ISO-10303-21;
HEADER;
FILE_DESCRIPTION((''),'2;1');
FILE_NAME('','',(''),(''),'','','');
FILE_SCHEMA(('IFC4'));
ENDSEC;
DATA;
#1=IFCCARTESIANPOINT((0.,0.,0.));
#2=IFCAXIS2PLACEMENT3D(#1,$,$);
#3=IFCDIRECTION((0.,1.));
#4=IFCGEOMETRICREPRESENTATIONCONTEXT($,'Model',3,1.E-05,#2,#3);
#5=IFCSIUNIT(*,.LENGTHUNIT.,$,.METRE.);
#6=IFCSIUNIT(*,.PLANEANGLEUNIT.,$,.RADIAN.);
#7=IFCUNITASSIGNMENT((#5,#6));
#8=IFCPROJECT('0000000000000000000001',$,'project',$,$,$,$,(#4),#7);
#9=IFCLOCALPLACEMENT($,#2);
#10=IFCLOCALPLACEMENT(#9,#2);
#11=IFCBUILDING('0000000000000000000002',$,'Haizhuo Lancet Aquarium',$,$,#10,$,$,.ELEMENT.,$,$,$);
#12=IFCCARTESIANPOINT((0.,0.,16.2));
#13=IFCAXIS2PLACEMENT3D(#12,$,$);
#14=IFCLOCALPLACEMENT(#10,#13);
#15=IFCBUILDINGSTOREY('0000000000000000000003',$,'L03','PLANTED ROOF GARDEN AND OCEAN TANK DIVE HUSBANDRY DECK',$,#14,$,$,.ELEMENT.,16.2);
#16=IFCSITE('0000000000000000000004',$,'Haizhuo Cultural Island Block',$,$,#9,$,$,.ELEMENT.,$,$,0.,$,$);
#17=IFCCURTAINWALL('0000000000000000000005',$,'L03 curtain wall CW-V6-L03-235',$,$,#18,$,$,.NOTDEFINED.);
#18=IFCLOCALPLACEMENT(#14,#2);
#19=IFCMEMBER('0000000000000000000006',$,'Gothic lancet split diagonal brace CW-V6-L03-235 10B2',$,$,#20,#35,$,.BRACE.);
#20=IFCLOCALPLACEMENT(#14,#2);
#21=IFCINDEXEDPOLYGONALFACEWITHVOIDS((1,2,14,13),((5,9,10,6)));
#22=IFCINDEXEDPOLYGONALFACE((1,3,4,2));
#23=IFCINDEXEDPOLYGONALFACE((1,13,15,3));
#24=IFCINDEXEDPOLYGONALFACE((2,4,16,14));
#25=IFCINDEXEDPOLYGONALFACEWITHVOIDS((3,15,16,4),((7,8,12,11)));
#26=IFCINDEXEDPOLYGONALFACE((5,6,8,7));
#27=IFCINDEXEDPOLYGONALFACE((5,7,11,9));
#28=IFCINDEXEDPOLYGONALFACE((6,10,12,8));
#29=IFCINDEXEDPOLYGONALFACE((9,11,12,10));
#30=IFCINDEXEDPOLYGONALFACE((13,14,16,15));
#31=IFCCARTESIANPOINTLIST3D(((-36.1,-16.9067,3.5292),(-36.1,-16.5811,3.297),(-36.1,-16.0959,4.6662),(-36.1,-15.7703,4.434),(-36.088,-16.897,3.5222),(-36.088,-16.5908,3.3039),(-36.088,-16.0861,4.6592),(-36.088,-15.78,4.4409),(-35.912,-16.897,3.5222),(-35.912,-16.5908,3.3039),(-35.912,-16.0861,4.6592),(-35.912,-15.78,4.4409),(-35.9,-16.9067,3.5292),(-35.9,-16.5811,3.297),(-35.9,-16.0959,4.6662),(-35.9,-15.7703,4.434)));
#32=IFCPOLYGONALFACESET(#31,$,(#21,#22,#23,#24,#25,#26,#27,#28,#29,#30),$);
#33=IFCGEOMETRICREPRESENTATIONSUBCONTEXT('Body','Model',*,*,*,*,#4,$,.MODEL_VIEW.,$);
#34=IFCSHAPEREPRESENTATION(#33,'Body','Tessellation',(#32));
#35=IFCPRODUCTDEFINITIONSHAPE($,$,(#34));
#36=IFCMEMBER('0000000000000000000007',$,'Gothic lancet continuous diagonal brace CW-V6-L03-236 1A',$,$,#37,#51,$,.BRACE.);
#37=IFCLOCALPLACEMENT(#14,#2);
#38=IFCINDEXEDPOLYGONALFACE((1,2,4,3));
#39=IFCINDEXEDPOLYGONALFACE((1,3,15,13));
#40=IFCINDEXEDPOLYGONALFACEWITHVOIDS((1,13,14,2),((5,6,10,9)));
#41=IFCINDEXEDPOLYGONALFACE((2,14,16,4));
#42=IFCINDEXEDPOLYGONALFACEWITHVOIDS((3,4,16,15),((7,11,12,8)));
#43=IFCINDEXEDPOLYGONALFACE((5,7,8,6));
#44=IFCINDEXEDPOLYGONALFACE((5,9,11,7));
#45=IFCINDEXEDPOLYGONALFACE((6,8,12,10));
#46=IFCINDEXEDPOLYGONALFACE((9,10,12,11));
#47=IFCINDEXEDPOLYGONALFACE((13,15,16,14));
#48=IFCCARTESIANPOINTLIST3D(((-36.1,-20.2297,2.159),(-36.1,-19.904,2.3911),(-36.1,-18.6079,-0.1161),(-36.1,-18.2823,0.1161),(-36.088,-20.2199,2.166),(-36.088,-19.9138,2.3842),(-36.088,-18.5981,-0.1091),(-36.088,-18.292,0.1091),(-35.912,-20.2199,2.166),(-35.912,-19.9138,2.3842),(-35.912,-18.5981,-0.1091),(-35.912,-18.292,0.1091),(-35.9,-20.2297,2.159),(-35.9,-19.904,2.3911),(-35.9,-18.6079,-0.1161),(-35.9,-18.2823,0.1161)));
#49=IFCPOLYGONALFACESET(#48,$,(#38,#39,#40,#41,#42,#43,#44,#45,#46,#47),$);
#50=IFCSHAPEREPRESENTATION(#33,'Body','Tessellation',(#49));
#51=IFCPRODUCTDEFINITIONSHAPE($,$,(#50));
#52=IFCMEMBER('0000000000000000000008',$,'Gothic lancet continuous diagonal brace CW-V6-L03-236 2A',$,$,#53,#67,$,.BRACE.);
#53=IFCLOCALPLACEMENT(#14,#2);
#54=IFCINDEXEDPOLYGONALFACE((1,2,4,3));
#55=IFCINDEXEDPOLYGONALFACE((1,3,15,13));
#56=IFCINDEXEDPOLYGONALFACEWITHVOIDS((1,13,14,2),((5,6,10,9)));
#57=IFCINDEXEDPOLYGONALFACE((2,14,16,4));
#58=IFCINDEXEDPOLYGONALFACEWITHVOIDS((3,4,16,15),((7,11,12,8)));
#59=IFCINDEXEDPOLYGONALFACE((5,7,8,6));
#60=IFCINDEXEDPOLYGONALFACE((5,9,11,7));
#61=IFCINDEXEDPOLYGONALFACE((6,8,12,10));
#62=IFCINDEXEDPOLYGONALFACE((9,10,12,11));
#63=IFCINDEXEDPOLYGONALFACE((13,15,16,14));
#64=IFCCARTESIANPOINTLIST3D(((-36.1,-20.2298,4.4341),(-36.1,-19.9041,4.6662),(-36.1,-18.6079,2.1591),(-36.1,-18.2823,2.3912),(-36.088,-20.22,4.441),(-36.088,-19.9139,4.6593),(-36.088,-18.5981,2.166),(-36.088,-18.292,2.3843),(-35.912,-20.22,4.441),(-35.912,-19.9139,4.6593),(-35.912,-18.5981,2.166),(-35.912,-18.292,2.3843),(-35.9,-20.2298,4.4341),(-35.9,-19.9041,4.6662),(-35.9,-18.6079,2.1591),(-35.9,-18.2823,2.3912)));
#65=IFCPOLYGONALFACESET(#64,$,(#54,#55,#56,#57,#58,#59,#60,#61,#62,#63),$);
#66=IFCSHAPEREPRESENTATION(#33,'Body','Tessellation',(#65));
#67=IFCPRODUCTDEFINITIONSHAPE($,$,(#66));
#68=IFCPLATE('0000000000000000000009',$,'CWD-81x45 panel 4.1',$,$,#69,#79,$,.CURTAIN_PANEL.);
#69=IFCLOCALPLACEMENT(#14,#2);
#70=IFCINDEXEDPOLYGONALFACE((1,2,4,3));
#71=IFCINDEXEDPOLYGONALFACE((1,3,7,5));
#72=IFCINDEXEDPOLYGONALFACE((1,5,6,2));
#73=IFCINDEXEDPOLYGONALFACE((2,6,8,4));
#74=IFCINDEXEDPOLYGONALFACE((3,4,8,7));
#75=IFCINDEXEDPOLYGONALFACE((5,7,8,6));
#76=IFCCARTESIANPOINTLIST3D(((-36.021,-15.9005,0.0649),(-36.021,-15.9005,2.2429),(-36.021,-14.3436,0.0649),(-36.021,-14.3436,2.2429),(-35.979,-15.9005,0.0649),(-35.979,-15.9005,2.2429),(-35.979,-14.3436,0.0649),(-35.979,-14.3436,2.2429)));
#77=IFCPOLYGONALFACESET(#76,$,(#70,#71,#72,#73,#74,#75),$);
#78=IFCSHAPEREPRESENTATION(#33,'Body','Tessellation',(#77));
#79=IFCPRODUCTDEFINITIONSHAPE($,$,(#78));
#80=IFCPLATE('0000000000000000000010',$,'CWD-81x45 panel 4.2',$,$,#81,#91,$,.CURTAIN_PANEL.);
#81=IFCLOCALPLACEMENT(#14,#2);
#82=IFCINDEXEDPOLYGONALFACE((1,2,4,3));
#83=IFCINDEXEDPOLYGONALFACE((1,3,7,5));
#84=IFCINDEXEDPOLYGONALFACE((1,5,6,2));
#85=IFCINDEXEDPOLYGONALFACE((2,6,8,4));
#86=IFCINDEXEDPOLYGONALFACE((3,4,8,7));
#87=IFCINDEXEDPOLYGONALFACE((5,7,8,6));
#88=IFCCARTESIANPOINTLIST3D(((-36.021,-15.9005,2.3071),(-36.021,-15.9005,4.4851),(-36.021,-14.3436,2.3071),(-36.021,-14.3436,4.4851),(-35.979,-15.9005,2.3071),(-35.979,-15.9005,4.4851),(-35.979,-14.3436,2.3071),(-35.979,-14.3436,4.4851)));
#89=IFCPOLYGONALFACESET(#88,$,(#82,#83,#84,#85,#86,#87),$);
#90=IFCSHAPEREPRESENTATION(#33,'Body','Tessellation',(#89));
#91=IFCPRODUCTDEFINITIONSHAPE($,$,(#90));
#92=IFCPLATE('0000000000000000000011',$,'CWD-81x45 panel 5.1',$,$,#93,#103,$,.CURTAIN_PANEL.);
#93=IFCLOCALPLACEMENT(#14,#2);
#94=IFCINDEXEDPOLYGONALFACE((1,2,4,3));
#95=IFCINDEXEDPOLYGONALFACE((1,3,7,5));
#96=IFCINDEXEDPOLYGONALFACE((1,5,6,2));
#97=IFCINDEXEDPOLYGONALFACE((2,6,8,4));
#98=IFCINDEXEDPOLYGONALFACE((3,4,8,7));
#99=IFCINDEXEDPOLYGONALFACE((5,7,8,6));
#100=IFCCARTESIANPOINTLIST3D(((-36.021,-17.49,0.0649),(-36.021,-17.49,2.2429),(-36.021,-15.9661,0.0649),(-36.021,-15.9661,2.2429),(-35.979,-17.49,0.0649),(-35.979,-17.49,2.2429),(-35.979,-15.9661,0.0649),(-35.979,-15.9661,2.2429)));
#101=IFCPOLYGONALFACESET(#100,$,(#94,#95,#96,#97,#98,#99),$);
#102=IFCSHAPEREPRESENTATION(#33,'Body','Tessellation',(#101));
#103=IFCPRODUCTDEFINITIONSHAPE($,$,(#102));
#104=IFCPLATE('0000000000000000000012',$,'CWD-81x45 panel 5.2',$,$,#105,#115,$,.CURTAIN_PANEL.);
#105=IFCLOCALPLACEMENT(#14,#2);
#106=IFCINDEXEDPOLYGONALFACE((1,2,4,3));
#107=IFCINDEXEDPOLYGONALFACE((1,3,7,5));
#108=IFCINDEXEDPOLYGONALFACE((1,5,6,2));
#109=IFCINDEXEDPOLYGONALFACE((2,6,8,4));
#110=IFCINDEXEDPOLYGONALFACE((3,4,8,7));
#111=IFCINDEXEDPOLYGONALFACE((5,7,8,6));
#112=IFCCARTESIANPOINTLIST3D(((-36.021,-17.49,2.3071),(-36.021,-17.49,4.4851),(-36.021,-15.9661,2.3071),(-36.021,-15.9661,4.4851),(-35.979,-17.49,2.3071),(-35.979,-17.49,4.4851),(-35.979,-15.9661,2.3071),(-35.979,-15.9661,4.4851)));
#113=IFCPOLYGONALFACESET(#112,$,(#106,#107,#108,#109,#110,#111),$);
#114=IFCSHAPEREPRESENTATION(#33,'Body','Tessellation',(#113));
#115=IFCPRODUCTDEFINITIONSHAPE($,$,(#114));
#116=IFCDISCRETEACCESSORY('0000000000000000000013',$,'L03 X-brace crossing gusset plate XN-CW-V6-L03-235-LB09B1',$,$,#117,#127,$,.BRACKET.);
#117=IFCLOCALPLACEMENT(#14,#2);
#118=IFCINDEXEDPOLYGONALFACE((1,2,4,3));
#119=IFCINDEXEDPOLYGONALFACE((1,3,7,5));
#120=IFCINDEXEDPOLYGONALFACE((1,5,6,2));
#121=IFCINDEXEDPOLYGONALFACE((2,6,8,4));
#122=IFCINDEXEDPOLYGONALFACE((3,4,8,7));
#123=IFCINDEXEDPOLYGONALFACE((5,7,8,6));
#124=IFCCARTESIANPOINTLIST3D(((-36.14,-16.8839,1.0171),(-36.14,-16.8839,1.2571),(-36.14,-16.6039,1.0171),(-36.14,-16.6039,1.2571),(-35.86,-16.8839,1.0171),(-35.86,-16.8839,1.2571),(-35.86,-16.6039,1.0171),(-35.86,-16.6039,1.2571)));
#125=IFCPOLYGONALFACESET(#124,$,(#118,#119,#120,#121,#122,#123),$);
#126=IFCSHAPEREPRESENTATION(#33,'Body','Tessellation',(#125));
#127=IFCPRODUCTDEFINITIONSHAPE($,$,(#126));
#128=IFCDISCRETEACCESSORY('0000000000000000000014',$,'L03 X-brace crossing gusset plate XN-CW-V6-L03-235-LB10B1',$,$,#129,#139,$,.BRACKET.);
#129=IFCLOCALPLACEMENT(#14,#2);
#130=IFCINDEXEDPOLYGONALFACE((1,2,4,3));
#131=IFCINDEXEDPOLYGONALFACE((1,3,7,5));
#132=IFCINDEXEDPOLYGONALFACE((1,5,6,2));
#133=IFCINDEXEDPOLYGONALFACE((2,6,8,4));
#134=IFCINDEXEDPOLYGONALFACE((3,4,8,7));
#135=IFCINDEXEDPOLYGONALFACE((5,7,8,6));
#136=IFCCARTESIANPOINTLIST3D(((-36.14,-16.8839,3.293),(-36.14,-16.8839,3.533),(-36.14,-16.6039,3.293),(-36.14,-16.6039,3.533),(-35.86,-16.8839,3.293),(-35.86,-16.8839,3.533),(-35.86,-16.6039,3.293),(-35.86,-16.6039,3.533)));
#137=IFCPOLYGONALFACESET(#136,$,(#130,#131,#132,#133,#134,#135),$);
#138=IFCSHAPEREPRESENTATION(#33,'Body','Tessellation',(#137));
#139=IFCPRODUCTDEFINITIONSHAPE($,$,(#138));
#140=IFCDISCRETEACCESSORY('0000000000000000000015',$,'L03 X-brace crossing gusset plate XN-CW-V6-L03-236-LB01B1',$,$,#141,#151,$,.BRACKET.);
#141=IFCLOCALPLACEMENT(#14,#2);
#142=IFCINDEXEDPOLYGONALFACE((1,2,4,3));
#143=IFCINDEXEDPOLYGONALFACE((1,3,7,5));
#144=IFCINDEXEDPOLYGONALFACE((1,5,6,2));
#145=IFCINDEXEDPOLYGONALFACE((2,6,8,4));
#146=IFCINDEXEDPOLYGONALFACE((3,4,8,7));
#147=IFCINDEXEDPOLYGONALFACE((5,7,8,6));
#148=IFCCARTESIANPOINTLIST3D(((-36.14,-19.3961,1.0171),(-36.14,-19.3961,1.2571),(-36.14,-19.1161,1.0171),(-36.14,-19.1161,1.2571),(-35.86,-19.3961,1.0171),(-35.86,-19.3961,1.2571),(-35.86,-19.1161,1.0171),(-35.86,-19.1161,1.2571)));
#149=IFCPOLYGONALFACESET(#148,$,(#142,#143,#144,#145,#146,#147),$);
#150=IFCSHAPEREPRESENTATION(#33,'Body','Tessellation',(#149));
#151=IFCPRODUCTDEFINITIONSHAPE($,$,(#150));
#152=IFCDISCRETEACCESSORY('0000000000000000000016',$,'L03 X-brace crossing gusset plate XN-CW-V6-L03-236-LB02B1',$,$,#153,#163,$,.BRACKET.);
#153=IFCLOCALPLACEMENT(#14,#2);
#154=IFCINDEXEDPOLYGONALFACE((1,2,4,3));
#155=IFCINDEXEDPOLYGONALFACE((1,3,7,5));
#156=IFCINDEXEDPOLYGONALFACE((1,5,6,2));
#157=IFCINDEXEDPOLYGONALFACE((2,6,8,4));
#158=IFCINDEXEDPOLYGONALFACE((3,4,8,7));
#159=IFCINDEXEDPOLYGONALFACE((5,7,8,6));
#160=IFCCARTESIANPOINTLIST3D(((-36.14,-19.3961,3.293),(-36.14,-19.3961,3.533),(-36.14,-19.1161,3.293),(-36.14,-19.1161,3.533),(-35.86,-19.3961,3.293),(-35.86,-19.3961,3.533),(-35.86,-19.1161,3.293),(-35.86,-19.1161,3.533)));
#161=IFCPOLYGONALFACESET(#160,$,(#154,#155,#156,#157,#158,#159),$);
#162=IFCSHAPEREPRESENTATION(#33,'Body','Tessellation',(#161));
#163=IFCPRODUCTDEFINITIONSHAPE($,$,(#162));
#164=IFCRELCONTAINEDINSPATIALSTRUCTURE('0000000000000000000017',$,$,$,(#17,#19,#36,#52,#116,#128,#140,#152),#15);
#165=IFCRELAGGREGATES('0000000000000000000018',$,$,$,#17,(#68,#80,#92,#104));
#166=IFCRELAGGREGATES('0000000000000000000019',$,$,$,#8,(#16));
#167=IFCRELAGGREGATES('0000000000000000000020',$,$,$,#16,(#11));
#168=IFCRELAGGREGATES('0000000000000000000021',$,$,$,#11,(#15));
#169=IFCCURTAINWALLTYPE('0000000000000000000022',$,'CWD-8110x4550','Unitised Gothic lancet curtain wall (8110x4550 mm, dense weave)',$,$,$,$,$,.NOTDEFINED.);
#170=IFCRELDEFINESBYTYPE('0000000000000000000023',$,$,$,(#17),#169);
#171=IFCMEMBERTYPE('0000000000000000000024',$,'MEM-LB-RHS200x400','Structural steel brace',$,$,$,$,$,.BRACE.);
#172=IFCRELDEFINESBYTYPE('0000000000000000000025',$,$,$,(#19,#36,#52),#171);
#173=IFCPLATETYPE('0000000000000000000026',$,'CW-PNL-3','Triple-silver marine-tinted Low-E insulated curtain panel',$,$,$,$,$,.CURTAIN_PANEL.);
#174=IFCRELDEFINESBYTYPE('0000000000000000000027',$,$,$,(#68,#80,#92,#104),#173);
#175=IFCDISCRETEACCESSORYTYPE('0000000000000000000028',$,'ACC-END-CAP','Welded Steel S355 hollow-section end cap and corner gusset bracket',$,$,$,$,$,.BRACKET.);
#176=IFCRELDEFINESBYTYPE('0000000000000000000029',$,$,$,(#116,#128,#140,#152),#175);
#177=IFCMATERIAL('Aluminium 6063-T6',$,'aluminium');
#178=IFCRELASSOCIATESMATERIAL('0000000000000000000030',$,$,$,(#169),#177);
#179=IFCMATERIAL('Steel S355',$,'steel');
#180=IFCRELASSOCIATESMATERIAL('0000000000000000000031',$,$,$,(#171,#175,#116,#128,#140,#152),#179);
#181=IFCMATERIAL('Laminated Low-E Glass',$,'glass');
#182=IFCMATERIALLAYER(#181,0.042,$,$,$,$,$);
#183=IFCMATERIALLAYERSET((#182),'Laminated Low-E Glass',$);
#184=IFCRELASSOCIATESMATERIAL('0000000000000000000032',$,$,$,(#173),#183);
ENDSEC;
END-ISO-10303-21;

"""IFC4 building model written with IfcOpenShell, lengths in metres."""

from ifc_helpers import new_model, si_unit, direction, frame, origin, origin_2d, place, context, subcontext, project, spatial, rectangle, hollow_rectangle, extrude, material, layer, layer_set, material_profile, profile_set, type_object, element, aggregate, save


model = new_model("IFC4")

# Units and contexts
model_context = context("Model", 3, precision=1e-05, world=origin(), true_north=direction((0.0, 1.0)))
body_context = subcontext(model_context, "Body", "Model", "MODEL_VIEW")
ifc_project = project(units=[si_unit("LENGTHUNIT", "METRE"), si_unit("PLANEANGLEUNIT", "RADIAN")], contexts=[model_context])

# Site, building, storey
site_placement = place(None, origin())
site = spatial("IfcSite", under=ifc_project, at=site_placement, Name="Haizhuo Cultural Island Block", CompositionType="ELEMENT", RefElevation=0.0)
building_placement = place(site_placement, origin())
building = spatial("IfcBuilding", under=site, at=building_placement, Name="Haizhuo Lancet Aquarium", CompositionType="ELEMENT")
storey_placement = place(building_placement, frame((0.0, 0.0, 16.2)))
storey = spatial("IfcBuildingStorey", under=building, at=storey_placement, Name="L03", Description="PLANTED ROOF GARDEN AND OCEAN TANK DIVE HUSBANDRY DECK", CompositionType="ELEMENT", Elevation=16.2)

# Shared definitions
ifc_material_1 = material(Name="Steel S355", Category="steel")

# Curtain wall
ifc_material_2 = material(Name="Aluminium 6063-T6", Category="aluminium")
curtain_wall_type = type_object("IfcCurtainWallType", Name="CWD-8110x4550", Description="Unitised Gothic lancet curtain wall (8110x4550 mm, dense weave)", PredefinedType="NOTDEFINED", material=ifc_material_2)
curtain_wall_1_placement = place(storey_placement, origin())
curtain_wall_1 = element("IfcCurtainWall", 1, at=curtain_wall_1_placement, inside=storey, type_object=curtain_wall_type, Name="L03 curtain wall CW-V6-L03-235", PredefinedType="NOTDEFINED")

# Members
ifc_material_profile_1 = material_profile(ifc_material_1, hollow_rectangle(XDim=0.2, YDim=0.3999, WallThickness=0.012, at=origin_2d()), Name="RHS 200x400x12")
ifc_profile_set_1 = profile_set([ifc_material_profile_1], Name="Steel S355")
member_type_1 = type_object("IfcMemberType", Name="MEM-LB-RHS200x400", Description="Structural steel brace", PredefinedType="BRACE", material=ifc_profile_set_1)
member_1_placement = place(storey_placement, frame((-36.0, -16.7439, 3.4131), z_axis=(0.0, 0.58061, 0.814182), x_axis=(-1.0, 0.0, 0.0)))
element("IfcMember", 2, at=member_1_placement, inside=storey, type_object=member_type_1, Name="Gothic lancet split diagonal brace CW-V6-L03-235 10B2", PredefinedType="BRACE", context=body_context, shape_type="SweptSolid", body=[
    extrude(hollow_rectangle(XDim=0.2, YDim=0.3999, WallThickness=0.012, at=origin_2d()), origin(), (0.0, 0.0, 1.0), 1.3965),
])
for number, where, z_axis, x_axis, name in (
    (3, (-36.0, -18.4451, 0.0), (0.0, -0.580461, 0.814288), (1.0, 0.0, 0.0), "Gothic lancet continuous diagonal brace CW-V6-L03-236 1A"),
    (4, (-36.0, -18.4451, 2.2751), (0.0, -0.580502, 0.814259), (1.0, 0.0, 0.0), "Gothic lancet continuous diagonal brace CW-V6-L03-236 2A"),
):
    element("IfcMember", number, at=place(storey_placement, frame(where, z_axis=z_axis, x_axis=x_axis)), inside=storey, type_object=member_type_1, Name=name, PredefinedType="BRACE", context=body_context, shape_type="SweptSolid", body=[
        extrude(hollow_rectangle(XDim=0.2, YDim=0.3999, WallThickness=0.012, at=origin_2d()), origin(), (0.0, 0.0, 1.0), 2.7939),
    ])

# Plates
ifc_material_3 = material(Name="Laminated Low-E Glass", Category="glass")
ifc_layer = layer(ifc_material_3, 0.042)
ifc_layer_set = layer_set([ifc_layer], Name="Laminated Low-E Glass")
plate_type = type_object("IfcPlateType", Name="CW-PNL-3", Description="Triple-silver marine-tinted Low-E insulated curtain panel", PredefinedType="CURTAIN_PANEL", material=ifc_layer_set)
plate_1_placement = place(storey_placement, frame((-36.0, -15.1221, 0.0649), z_axis=(0.0, 0.0, 1.0), x_axis=(0.0, -1.0, 0.0)))
plate_1 = element("IfcPlate", 5, at=plate_1_placement, type_object=plate_type, Name="CWD-81x45 panel 4.1", PredefinedType="CURTAIN_PANEL", context=body_context, shape_type="SweptSolid", body=[
    extrude(rectangle(XDim=1.5569, YDim=0.042, at=origin_2d()), origin(), (0.0, 0.0, 1.0), 2.178),
])
plate_2_placement = place(storey_placement, frame((-36.0, -15.1221, 2.3071), z_axis=(0.0, 0.0, 1.0), x_axis=(0.0, -1.0, 0.0)))
plate_2 = element("IfcPlate", 6, at=plate_2_placement, type_object=plate_type, Name="CWD-81x45 panel 4.2", PredefinedType="CURTAIN_PANEL", context=body_context, shape_type="SweptSolid", body=[
    extrude(rectangle(XDim=1.5569, YDim=0.042, at=origin_2d()), origin(), (0.0, 0.0, 1.0), 2.178),
])
plate_3_placement = place(storey_placement, frame((-36.0, -16.728, 0.0649), z_axis=(0.0, 0.0, 1.0), x_axis=(0.0, -1.0, 0.0)))
plate_3 = element("IfcPlate", 7, at=plate_3_placement, type_object=plate_type, Name="CWD-81x45 panel 5.1", PredefinedType="CURTAIN_PANEL", context=body_context, shape_type="SweptSolid", body=[
    extrude(rectangle(XDim=1.5239, YDim=0.042, at=origin_2d()), origin(), (0.0, 0.0, 1.0), 2.178),
])
plate_4_placement = place(storey_placement, frame((-36.0, -16.728, 2.3071), z_axis=(0.0, 0.0, 1.0), x_axis=(0.0, -1.0, 0.0)))
plate_4 = element("IfcPlate", 8, at=plate_4_placement, type_object=plate_type, Name="CWD-81x45 panel 5.2", PredefinedType="CURTAIN_PANEL", context=body_context, shape_type="SweptSolid", body=[
    extrude(rectangle(XDim=1.5239, YDim=0.042, at=origin_2d()), origin(), (0.0, 0.0, 1.0), 2.178),
])
aggregate(curtain_wall_1, [plate_1, plate_2, plate_3, plate_4])

# Discrete accessories
discrete_accessory_type = type_object("IfcDiscreteAccessoryType", Name="ACC-END-CAP", Description="Welded Steel S355 hollow-section end cap and corner gusset bracket", PredefinedType="BRACKET", material=ifc_material_1)
for number, where, z_axis, x_axis, name in (
    (9, (-36.0, -16.7439, 1.0171), (0.0, 0.0, 1.0), (1.0, 0.0, 0.0), "L03 X-brace crossing gusset plate XN-CW-V6-L03-235-LB09B1"),
    (10, (-36.0, -16.7439, 3.293), (0.0, 0.0, 1.0), (1.0, 0.0, 0.0), "L03 X-brace crossing gusset plate XN-CW-V6-L03-235-LB10B1"),
    (11, (-36.0, -19.2561, 1.0171), (0.0, 0.0, 1.0), (1.0, 0.0, 0.0), "L03 X-brace crossing gusset plate XN-CW-V6-L03-236-LB01B1"),
    (12, (-36.0, -19.2561, 3.293), (0.0, 0.0, 1.0), (1.0, 0.0, 0.0), "L03 X-brace crossing gusset plate XN-CW-V6-L03-236-LB02B1"),
):
    element("IfcDiscreteAccessory", number, at=place(storey_placement, frame(where, z_axis=z_axis, x_axis=x_axis)), inside=storey, type_object=discrete_accessory_type, material=ifc_material_1, Name=name, PredefinedType="BRACKET", context=body_context, shape_type="SweptSolid", body=[
        extrude(rectangle(XDim=0.28, YDim=0.28, at=origin_2d()), origin(), (0.0, 0.0, 1.0), 0.24),
    ])

save(model, "model.ifc")
